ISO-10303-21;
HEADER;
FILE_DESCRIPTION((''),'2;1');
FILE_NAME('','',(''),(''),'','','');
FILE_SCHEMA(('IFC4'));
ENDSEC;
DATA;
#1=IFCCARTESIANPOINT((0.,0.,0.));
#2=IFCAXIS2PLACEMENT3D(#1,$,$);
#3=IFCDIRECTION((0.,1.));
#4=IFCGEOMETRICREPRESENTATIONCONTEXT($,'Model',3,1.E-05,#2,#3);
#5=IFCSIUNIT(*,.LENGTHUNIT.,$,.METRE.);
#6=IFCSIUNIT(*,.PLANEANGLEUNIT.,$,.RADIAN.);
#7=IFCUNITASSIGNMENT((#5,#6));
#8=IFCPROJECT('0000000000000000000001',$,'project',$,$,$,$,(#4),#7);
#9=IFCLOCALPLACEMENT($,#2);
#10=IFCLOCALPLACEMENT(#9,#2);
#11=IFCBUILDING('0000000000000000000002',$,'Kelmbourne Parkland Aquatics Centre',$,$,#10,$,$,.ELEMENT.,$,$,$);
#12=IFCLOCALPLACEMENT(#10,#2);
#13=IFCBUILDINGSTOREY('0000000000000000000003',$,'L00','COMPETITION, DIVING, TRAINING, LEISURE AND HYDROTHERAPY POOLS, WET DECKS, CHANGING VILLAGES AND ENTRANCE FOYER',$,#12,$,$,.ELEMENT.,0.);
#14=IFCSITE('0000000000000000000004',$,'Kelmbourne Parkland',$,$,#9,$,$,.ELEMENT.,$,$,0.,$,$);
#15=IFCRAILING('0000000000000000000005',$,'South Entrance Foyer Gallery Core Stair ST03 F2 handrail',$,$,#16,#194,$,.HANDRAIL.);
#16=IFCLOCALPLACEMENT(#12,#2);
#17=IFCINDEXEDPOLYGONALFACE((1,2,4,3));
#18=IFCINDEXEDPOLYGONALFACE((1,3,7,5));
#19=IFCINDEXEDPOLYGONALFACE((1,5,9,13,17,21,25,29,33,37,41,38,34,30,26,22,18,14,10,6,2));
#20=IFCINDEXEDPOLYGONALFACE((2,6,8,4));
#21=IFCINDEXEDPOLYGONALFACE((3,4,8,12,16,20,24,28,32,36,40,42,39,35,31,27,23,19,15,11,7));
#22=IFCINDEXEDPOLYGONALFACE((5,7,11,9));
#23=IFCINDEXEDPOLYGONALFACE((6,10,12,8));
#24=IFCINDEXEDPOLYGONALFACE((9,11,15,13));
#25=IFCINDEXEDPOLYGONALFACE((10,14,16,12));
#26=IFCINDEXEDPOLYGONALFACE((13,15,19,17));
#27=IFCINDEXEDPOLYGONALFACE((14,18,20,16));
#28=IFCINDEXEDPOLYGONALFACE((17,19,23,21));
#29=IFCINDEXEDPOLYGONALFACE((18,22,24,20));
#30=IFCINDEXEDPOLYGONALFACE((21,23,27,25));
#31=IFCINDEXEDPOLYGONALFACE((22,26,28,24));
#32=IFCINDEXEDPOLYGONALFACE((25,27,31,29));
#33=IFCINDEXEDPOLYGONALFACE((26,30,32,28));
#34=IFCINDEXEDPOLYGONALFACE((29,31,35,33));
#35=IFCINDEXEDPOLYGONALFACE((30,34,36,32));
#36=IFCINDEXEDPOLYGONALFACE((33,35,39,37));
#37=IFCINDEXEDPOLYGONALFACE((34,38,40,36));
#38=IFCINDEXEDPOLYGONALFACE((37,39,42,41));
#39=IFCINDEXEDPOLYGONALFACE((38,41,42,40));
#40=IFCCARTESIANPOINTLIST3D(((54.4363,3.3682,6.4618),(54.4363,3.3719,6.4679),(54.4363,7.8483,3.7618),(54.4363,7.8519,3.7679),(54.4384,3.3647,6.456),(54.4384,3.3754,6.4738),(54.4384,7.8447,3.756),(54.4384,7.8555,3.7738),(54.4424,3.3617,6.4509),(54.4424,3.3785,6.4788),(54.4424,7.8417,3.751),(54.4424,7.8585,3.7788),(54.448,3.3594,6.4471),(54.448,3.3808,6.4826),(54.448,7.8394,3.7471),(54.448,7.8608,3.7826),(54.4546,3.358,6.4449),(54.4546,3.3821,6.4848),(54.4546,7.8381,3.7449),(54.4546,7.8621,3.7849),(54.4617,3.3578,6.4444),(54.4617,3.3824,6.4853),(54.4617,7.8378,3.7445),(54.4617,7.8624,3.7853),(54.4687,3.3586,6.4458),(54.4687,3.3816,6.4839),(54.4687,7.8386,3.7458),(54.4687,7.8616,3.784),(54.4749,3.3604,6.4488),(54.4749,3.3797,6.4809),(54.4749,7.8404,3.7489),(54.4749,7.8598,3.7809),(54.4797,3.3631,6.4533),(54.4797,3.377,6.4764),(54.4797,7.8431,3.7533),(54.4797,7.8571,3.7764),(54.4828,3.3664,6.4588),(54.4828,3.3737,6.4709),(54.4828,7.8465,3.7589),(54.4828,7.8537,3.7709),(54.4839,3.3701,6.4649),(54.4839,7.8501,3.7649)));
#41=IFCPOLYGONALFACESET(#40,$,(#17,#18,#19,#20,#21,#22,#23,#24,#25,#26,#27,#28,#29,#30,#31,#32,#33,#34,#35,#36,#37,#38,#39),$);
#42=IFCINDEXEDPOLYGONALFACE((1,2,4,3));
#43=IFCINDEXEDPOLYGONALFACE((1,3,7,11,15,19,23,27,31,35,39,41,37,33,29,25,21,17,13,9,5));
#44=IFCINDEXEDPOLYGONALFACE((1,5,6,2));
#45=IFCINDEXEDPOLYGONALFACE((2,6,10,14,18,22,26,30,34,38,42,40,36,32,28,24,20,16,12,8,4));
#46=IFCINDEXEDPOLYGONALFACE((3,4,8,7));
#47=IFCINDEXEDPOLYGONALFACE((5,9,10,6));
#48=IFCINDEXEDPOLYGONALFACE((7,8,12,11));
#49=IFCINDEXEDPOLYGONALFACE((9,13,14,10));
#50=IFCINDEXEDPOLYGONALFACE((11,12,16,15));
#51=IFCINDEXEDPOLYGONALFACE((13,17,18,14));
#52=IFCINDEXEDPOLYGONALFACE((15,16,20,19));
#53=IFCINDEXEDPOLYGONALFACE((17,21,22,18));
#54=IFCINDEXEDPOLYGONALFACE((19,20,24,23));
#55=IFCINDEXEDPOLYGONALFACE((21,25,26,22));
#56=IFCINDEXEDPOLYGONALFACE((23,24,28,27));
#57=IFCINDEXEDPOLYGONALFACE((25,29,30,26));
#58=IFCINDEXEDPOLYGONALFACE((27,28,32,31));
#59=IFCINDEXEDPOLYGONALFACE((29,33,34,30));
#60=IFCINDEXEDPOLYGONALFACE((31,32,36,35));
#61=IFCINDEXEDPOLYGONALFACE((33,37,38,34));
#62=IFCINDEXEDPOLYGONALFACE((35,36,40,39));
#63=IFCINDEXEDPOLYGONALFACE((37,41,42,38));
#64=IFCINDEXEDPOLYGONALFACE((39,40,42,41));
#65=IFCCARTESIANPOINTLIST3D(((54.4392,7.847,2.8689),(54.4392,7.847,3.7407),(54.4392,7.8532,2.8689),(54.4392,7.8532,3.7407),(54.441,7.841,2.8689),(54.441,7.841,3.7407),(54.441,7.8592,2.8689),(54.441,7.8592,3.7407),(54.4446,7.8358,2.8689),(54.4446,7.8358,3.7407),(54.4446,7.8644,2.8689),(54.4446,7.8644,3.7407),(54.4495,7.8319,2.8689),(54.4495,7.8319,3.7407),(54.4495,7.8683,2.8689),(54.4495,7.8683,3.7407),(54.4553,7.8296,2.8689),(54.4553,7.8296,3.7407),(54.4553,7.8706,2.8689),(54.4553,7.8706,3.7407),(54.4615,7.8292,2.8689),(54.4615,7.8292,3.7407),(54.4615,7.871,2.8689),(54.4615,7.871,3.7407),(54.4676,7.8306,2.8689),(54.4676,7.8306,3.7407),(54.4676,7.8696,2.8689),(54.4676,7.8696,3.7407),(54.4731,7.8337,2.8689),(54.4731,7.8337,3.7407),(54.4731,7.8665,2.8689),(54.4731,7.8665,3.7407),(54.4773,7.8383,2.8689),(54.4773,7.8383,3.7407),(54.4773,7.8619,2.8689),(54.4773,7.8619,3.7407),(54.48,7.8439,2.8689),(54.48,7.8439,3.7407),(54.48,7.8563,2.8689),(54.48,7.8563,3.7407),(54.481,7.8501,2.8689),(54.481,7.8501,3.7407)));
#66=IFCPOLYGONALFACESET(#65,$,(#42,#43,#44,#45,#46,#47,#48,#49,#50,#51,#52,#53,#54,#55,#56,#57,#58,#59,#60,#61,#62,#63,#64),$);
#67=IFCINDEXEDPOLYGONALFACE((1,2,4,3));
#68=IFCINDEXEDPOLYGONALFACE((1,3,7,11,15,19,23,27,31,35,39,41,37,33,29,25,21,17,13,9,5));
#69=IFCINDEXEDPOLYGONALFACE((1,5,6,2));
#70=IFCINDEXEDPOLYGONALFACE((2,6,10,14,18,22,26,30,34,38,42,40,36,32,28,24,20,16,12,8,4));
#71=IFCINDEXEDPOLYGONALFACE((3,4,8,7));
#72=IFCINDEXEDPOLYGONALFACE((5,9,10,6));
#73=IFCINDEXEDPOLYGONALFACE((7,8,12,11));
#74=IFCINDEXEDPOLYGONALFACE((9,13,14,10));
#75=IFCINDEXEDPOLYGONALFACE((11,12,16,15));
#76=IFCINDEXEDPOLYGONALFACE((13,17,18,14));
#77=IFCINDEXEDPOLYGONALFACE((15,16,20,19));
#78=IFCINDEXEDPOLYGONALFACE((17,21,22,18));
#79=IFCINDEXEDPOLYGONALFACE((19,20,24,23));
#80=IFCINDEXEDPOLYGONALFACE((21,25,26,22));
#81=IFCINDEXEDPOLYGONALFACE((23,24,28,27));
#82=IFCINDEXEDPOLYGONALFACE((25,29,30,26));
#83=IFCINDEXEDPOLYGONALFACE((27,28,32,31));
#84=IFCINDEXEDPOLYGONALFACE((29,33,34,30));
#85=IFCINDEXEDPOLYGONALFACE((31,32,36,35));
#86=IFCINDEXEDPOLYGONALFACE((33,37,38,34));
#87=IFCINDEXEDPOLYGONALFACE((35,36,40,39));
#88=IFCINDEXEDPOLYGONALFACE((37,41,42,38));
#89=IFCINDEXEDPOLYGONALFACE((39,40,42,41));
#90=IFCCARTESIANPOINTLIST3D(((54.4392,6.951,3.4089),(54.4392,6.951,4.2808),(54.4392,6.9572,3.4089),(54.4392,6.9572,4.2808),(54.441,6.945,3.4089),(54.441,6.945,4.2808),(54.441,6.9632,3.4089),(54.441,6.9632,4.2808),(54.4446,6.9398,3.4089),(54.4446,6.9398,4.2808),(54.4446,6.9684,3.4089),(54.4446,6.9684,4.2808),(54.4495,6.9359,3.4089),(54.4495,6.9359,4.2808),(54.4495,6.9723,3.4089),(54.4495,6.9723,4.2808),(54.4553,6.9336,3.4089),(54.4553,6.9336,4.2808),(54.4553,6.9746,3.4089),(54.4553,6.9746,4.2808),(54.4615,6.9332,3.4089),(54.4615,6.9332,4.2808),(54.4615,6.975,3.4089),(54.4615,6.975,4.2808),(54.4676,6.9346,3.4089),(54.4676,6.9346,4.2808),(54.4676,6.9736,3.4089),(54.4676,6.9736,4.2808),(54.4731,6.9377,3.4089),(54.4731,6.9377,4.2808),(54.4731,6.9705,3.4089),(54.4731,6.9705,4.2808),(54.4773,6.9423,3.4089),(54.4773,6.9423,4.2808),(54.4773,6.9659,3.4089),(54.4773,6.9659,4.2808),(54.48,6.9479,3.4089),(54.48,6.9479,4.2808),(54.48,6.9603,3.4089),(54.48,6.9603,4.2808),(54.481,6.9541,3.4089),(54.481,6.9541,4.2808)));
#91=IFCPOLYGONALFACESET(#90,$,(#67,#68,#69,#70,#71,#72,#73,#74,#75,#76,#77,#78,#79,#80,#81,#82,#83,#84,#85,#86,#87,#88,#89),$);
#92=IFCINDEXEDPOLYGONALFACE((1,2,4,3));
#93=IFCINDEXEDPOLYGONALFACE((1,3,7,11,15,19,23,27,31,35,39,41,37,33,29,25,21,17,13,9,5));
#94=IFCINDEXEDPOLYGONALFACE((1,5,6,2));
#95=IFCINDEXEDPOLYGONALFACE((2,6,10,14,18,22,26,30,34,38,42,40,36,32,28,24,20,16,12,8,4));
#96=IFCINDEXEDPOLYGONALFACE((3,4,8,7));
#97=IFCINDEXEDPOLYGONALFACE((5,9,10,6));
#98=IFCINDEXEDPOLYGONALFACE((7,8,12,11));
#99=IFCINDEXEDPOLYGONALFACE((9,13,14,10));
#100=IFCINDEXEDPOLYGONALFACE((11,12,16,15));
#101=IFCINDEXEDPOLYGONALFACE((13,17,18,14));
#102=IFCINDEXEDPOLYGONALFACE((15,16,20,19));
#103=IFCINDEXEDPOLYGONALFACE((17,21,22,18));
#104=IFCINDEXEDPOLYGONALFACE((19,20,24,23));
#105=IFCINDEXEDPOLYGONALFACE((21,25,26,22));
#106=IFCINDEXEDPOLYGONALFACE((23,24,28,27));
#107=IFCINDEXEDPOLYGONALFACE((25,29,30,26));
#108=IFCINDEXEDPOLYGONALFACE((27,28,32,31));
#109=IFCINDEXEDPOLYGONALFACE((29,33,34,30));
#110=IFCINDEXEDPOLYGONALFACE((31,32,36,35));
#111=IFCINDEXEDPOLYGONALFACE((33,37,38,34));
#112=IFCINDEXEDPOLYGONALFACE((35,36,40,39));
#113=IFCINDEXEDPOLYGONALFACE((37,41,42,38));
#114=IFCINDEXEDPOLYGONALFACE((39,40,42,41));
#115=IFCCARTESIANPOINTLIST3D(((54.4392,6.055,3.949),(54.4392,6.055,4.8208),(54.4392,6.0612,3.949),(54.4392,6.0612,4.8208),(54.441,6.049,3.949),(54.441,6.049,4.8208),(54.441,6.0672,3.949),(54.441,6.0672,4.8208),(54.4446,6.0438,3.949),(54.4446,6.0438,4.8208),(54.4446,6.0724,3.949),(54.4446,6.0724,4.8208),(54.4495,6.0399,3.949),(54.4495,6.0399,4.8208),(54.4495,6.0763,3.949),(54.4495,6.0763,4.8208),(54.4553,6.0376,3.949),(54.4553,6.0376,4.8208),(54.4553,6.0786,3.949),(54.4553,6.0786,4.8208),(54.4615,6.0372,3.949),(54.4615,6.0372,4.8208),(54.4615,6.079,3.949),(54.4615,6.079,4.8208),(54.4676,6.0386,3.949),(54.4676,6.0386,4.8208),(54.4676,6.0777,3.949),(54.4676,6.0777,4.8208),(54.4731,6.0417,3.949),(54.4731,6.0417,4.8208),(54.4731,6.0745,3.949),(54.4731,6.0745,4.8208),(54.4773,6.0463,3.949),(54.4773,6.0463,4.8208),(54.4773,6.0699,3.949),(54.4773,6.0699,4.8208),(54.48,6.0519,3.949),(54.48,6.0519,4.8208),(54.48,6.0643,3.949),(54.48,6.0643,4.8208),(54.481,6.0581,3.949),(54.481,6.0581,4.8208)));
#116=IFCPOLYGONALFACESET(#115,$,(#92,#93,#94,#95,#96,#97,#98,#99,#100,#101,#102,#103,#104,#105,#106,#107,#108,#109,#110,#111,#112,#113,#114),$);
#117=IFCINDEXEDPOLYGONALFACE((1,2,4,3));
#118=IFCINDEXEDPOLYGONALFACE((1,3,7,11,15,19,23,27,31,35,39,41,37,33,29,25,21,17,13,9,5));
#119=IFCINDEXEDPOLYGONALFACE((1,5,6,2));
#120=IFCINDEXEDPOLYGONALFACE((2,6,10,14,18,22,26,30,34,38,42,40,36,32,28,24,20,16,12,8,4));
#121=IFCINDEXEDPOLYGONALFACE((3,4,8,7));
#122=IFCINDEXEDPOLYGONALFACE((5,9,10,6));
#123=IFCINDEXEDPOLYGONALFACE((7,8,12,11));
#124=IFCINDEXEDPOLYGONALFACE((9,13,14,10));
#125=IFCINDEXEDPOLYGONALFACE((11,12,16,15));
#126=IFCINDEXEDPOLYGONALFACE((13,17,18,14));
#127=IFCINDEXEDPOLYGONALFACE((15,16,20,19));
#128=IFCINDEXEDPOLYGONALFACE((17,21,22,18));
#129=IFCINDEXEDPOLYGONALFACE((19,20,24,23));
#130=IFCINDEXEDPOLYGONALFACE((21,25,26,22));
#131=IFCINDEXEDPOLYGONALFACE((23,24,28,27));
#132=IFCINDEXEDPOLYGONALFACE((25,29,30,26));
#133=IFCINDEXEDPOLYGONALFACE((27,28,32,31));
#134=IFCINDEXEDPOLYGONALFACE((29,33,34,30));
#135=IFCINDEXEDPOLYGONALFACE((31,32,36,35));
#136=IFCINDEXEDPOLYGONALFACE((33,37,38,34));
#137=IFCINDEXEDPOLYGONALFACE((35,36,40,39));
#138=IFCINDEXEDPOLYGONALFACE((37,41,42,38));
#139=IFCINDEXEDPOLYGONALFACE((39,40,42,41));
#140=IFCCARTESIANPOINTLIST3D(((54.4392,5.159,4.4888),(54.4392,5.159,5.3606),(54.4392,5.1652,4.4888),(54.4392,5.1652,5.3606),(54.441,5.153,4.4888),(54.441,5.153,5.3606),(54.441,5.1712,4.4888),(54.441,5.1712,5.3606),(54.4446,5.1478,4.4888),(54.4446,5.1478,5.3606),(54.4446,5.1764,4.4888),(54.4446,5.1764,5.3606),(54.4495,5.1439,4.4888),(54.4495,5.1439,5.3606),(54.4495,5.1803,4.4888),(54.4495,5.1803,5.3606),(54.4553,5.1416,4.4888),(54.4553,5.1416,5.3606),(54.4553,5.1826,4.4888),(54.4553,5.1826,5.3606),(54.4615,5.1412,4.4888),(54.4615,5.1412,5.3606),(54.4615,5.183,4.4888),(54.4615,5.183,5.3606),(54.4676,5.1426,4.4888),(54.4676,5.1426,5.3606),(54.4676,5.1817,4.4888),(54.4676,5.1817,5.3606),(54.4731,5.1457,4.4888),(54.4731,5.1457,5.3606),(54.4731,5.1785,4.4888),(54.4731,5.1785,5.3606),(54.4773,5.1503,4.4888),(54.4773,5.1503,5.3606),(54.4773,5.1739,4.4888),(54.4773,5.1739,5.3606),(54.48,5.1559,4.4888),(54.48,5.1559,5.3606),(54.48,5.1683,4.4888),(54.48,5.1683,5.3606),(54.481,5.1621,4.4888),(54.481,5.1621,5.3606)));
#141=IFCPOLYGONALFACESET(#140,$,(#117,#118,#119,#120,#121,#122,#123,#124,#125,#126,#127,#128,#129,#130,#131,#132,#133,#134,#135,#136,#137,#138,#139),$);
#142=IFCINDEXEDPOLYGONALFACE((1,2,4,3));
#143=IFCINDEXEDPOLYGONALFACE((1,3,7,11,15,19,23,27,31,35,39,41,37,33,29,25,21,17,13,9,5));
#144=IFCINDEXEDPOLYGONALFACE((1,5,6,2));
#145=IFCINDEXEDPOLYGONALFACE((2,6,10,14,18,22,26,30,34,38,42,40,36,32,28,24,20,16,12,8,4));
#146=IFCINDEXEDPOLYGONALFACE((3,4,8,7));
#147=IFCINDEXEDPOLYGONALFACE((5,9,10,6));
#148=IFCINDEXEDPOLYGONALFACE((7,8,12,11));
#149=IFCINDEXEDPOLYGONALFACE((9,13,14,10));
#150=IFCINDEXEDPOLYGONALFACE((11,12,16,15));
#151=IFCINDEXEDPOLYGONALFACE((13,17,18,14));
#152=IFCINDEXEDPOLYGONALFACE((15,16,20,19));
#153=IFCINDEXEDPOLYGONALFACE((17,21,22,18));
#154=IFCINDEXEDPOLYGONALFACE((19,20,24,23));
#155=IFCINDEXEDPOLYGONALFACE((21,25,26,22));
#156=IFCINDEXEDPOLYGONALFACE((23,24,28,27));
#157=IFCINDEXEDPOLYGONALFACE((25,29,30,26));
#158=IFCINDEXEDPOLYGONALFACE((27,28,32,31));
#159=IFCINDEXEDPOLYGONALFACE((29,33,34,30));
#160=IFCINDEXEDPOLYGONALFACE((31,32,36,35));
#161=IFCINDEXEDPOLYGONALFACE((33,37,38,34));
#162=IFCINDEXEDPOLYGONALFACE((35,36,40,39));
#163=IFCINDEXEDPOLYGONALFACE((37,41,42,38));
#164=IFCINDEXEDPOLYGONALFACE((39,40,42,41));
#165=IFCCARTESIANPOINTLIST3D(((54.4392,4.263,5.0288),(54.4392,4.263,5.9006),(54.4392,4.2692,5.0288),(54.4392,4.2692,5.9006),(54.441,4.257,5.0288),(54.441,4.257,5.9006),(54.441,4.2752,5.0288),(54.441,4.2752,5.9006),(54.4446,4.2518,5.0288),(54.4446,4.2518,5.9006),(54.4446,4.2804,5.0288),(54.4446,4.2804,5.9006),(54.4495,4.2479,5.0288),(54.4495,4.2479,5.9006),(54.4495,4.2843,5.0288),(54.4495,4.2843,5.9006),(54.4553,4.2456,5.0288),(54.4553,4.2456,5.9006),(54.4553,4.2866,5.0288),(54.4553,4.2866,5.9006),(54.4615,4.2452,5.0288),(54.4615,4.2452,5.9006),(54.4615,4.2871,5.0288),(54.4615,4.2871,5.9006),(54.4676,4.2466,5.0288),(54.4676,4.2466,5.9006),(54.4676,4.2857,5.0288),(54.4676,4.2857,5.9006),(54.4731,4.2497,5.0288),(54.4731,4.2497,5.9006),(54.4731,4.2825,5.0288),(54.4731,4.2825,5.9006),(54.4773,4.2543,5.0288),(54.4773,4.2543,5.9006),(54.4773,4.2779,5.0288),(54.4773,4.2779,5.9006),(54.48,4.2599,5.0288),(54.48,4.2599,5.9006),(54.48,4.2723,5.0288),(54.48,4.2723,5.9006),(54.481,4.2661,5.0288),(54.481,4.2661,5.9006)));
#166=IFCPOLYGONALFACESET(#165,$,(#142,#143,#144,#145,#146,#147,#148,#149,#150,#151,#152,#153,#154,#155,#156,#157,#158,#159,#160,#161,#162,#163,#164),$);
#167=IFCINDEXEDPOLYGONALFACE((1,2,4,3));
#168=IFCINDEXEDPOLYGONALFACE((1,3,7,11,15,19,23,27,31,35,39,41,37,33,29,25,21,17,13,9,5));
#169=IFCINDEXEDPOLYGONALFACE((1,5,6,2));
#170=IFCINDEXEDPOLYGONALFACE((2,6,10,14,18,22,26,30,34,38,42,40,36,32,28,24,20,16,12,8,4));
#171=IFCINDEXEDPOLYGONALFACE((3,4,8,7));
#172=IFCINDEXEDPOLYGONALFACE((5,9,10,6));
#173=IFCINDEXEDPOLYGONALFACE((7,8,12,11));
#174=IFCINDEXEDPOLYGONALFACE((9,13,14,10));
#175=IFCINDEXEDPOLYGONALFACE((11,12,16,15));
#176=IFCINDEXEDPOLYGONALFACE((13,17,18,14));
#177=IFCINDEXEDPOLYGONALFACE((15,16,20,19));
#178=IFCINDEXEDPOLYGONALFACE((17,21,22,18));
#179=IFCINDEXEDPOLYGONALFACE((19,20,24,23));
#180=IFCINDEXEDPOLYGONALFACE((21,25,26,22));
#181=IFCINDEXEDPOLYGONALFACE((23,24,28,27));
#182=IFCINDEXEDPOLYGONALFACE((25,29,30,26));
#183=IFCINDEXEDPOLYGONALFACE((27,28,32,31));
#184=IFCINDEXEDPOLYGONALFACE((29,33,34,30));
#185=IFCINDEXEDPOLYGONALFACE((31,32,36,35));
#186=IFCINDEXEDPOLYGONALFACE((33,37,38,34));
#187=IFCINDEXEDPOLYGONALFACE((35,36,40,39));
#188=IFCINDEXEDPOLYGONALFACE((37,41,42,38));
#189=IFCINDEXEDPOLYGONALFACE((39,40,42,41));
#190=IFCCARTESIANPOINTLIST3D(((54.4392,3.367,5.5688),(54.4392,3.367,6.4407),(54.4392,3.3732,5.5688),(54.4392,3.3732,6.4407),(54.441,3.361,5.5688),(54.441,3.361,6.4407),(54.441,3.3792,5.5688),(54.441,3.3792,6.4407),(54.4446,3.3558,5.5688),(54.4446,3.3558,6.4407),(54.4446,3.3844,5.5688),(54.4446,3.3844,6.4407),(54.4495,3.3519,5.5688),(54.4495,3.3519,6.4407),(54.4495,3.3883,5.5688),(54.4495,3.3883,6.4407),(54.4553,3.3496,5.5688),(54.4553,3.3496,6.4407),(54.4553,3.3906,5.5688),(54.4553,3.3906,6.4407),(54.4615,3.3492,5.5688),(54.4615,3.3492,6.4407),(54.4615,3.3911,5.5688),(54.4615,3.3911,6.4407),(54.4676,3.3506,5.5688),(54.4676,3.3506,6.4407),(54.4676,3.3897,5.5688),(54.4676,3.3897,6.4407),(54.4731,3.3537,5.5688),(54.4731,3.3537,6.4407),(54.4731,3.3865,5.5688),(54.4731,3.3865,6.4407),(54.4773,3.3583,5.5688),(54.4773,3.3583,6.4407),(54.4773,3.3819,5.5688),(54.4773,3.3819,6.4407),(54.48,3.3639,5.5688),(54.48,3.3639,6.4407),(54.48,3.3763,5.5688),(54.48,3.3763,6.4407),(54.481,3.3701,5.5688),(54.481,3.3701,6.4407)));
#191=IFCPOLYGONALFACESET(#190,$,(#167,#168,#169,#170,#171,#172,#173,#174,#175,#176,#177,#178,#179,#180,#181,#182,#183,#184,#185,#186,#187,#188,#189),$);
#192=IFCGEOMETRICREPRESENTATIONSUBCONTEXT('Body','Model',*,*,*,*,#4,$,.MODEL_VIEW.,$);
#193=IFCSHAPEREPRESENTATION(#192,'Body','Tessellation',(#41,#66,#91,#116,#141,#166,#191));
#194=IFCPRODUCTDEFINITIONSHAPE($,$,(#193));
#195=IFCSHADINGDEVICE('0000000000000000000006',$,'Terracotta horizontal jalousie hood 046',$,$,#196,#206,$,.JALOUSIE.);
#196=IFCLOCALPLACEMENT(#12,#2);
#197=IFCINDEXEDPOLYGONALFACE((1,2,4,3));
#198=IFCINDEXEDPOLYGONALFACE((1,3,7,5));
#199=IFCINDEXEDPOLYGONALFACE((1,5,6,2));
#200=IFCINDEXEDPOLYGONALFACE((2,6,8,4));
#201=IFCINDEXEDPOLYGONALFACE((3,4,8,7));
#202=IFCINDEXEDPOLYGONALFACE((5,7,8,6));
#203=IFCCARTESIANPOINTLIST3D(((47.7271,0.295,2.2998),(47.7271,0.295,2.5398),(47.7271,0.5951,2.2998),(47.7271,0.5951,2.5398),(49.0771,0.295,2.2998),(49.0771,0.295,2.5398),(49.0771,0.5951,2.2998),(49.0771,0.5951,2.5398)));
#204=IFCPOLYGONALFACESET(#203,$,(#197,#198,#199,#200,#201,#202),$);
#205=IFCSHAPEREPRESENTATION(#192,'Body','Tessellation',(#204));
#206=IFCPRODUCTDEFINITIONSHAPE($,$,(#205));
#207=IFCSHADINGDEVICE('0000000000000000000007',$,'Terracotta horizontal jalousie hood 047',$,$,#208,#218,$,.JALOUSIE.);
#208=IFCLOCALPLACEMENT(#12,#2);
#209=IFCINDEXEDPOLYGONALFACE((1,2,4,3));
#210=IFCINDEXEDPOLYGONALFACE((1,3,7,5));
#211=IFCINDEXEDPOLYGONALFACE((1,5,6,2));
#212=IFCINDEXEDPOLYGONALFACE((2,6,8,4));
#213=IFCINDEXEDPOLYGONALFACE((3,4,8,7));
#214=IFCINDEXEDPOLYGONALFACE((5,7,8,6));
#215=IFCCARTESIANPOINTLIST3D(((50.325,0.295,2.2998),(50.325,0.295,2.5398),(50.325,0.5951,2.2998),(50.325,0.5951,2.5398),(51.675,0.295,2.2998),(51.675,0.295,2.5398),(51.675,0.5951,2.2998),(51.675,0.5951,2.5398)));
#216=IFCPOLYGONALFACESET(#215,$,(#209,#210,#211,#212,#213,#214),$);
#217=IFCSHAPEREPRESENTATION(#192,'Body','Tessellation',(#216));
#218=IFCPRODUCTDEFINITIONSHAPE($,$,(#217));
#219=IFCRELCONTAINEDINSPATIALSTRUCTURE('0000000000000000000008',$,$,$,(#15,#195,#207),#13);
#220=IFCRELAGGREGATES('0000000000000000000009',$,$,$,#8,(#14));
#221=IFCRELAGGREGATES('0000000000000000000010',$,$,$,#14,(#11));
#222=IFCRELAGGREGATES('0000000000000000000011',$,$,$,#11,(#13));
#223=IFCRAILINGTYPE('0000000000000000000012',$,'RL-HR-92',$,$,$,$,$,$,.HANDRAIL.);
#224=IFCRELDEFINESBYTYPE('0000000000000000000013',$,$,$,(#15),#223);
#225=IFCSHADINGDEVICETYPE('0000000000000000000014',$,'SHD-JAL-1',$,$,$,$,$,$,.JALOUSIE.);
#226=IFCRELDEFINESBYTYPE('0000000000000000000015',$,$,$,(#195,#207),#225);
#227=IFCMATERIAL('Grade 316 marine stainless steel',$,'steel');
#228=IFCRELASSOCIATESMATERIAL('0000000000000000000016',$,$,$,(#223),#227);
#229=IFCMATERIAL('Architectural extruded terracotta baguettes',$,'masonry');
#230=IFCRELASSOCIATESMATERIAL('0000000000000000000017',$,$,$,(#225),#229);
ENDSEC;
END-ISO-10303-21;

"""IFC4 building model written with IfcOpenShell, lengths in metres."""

from ifc_helpers import new_model, si_unit, direction, frame, origin, origin_2d, place, context, subcontext, project, spatial, rectangle, circle, extrude, material, type_object, element, save


model = new_model("IFC4")

# Units and contexts
model_context = context("Model", 3, precision=1e-05, world=origin(), true_north=direction((0.0, 1.0)))
body_context = subcontext(model_context, "Body", "Model", "MODEL_VIEW")
ifc_project = project(units=[si_unit("LENGTHUNIT", "METRE"), si_unit("PLANEANGLEUNIT", "RADIAN")], contexts=[model_context])

# Site, building, storey
site_placement = place(None, origin())
site = spatial("IfcSite", under=ifc_project, at=site_placement, Name="Kelmbourne Parkland", CompositionType="ELEMENT", RefElevation=0.0)
building_placement = place(site_placement, origin())
building = spatial("IfcBuilding", under=site, at=building_placement, Name="Kelmbourne Parkland Aquatics Centre", CompositionType="ELEMENT")
storey_placement = place(building_placement, origin())
storey = spatial("IfcBuildingStorey", under=building, at=storey_placement, Name="L00", Description="COMPETITION, DIVING, TRAINING, LEISURE AND HYDROTHERAPY POOLS, WET DECKS, CHANGING VILLAGES AND ENTRANCE FOYER", CompositionType="ELEMENT", Elevation=0.0)

# Railing
ifc_material_1 = material(Name="Grade 316 marine stainless steel", Category="steel")
railing_type_1 = type_object("IfcRailingType", Name="RL-HR-92", PredefinedType="HANDRAIL", material=ifc_material_1)
railing_1_placement = place(storey_placement, frame((54.46, 7.8501, 2.8689)))
element("IfcRailing", 1, at=railing_1_placement, inside=storey, type_object=railing_type_1, Name="South Entrance Foyer Gallery Core Stair ST03 F2 handrail", PredefinedType="HANDRAIL", context=body_context, shape_type="SweptSolid", body=[
    extrude(circle(Radius=0.0239, at=origin_2d()), frame((0.0, 0.0, 0.896), z_axis=(0.0, -0.856482, 0.516176), x_axis=(1.0, 0.0, 0.0)), (0.0, 0.0, 1.0), 5.2307),
    extrude(circle(Radius=0.021, at=origin_2d()), origin(), (0.0, 0.0, 1.0), 0.8718),
    extrude(circle(Radius=0.021, at=origin_2d()), frame((0.0, -0.896, 0.54)), (0.0, 0.0, 1.0), 0.8718),
    extrude(circle(Radius=0.021, at=origin_2d()), frame((0.0, -1.792, 1.0801)), (0.0, 0.0, 1.0), 0.8718),
    extrude(circle(Radius=0.021, at=origin_2d()), frame((0.0, -2.688, 1.6199)), (0.0, 0.0, 1.0), 0.8718),
    extrude(circle(Radius=0.021, at=origin_2d()), frame((0.0, -3.584, 2.1599)), (0.0, 0.0, 1.0), 0.8718),
    extrude(circle(Radius=0.021, at=origin_2d()), frame((0.0, -4.48, 2.7)), (0.0, 0.0, 1.0), 0.8718),
])

# Shading devices
ifc_material_2 = material(Name="Architectural extruded terracotta baguettes", Category="masonry")
shading_device_type = type_object("IfcShadingDeviceType", Name="SHD-JAL-1", PredefinedType="JALOUSIE", material=ifc_material_2)
for number, where, z_axis, x_axis, name in (
    (2, (48.4021, 0.4451, 2.2998), (0.0, 0.0, 1.0), (1.0, 0.0, 0.0), "Terracotta horizontal jalousie hood 046"),
    (3, (51.0, 0.4451, 2.2998), (0.0, 0.0, 1.0), (1.0, 0.0, 0.0), "Terracotta horizontal jalousie hood 047"),
):
    element("IfcShadingDevice", number, at=place(storey_placement, frame(where, z_axis=z_axis, x_axis=x_axis)), inside=storey, type_object=shading_device_type, Name=name, PredefinedType="JALOUSIE", context=body_context, shape_type="SweptSolid", body=[
        extrude(rectangle(XDim=1.3501, YDim=0.3, at=origin_2d()), origin(), (0.0, 0.0, 1.0), 0.24),
    ])

save(model, "model.ifc")
